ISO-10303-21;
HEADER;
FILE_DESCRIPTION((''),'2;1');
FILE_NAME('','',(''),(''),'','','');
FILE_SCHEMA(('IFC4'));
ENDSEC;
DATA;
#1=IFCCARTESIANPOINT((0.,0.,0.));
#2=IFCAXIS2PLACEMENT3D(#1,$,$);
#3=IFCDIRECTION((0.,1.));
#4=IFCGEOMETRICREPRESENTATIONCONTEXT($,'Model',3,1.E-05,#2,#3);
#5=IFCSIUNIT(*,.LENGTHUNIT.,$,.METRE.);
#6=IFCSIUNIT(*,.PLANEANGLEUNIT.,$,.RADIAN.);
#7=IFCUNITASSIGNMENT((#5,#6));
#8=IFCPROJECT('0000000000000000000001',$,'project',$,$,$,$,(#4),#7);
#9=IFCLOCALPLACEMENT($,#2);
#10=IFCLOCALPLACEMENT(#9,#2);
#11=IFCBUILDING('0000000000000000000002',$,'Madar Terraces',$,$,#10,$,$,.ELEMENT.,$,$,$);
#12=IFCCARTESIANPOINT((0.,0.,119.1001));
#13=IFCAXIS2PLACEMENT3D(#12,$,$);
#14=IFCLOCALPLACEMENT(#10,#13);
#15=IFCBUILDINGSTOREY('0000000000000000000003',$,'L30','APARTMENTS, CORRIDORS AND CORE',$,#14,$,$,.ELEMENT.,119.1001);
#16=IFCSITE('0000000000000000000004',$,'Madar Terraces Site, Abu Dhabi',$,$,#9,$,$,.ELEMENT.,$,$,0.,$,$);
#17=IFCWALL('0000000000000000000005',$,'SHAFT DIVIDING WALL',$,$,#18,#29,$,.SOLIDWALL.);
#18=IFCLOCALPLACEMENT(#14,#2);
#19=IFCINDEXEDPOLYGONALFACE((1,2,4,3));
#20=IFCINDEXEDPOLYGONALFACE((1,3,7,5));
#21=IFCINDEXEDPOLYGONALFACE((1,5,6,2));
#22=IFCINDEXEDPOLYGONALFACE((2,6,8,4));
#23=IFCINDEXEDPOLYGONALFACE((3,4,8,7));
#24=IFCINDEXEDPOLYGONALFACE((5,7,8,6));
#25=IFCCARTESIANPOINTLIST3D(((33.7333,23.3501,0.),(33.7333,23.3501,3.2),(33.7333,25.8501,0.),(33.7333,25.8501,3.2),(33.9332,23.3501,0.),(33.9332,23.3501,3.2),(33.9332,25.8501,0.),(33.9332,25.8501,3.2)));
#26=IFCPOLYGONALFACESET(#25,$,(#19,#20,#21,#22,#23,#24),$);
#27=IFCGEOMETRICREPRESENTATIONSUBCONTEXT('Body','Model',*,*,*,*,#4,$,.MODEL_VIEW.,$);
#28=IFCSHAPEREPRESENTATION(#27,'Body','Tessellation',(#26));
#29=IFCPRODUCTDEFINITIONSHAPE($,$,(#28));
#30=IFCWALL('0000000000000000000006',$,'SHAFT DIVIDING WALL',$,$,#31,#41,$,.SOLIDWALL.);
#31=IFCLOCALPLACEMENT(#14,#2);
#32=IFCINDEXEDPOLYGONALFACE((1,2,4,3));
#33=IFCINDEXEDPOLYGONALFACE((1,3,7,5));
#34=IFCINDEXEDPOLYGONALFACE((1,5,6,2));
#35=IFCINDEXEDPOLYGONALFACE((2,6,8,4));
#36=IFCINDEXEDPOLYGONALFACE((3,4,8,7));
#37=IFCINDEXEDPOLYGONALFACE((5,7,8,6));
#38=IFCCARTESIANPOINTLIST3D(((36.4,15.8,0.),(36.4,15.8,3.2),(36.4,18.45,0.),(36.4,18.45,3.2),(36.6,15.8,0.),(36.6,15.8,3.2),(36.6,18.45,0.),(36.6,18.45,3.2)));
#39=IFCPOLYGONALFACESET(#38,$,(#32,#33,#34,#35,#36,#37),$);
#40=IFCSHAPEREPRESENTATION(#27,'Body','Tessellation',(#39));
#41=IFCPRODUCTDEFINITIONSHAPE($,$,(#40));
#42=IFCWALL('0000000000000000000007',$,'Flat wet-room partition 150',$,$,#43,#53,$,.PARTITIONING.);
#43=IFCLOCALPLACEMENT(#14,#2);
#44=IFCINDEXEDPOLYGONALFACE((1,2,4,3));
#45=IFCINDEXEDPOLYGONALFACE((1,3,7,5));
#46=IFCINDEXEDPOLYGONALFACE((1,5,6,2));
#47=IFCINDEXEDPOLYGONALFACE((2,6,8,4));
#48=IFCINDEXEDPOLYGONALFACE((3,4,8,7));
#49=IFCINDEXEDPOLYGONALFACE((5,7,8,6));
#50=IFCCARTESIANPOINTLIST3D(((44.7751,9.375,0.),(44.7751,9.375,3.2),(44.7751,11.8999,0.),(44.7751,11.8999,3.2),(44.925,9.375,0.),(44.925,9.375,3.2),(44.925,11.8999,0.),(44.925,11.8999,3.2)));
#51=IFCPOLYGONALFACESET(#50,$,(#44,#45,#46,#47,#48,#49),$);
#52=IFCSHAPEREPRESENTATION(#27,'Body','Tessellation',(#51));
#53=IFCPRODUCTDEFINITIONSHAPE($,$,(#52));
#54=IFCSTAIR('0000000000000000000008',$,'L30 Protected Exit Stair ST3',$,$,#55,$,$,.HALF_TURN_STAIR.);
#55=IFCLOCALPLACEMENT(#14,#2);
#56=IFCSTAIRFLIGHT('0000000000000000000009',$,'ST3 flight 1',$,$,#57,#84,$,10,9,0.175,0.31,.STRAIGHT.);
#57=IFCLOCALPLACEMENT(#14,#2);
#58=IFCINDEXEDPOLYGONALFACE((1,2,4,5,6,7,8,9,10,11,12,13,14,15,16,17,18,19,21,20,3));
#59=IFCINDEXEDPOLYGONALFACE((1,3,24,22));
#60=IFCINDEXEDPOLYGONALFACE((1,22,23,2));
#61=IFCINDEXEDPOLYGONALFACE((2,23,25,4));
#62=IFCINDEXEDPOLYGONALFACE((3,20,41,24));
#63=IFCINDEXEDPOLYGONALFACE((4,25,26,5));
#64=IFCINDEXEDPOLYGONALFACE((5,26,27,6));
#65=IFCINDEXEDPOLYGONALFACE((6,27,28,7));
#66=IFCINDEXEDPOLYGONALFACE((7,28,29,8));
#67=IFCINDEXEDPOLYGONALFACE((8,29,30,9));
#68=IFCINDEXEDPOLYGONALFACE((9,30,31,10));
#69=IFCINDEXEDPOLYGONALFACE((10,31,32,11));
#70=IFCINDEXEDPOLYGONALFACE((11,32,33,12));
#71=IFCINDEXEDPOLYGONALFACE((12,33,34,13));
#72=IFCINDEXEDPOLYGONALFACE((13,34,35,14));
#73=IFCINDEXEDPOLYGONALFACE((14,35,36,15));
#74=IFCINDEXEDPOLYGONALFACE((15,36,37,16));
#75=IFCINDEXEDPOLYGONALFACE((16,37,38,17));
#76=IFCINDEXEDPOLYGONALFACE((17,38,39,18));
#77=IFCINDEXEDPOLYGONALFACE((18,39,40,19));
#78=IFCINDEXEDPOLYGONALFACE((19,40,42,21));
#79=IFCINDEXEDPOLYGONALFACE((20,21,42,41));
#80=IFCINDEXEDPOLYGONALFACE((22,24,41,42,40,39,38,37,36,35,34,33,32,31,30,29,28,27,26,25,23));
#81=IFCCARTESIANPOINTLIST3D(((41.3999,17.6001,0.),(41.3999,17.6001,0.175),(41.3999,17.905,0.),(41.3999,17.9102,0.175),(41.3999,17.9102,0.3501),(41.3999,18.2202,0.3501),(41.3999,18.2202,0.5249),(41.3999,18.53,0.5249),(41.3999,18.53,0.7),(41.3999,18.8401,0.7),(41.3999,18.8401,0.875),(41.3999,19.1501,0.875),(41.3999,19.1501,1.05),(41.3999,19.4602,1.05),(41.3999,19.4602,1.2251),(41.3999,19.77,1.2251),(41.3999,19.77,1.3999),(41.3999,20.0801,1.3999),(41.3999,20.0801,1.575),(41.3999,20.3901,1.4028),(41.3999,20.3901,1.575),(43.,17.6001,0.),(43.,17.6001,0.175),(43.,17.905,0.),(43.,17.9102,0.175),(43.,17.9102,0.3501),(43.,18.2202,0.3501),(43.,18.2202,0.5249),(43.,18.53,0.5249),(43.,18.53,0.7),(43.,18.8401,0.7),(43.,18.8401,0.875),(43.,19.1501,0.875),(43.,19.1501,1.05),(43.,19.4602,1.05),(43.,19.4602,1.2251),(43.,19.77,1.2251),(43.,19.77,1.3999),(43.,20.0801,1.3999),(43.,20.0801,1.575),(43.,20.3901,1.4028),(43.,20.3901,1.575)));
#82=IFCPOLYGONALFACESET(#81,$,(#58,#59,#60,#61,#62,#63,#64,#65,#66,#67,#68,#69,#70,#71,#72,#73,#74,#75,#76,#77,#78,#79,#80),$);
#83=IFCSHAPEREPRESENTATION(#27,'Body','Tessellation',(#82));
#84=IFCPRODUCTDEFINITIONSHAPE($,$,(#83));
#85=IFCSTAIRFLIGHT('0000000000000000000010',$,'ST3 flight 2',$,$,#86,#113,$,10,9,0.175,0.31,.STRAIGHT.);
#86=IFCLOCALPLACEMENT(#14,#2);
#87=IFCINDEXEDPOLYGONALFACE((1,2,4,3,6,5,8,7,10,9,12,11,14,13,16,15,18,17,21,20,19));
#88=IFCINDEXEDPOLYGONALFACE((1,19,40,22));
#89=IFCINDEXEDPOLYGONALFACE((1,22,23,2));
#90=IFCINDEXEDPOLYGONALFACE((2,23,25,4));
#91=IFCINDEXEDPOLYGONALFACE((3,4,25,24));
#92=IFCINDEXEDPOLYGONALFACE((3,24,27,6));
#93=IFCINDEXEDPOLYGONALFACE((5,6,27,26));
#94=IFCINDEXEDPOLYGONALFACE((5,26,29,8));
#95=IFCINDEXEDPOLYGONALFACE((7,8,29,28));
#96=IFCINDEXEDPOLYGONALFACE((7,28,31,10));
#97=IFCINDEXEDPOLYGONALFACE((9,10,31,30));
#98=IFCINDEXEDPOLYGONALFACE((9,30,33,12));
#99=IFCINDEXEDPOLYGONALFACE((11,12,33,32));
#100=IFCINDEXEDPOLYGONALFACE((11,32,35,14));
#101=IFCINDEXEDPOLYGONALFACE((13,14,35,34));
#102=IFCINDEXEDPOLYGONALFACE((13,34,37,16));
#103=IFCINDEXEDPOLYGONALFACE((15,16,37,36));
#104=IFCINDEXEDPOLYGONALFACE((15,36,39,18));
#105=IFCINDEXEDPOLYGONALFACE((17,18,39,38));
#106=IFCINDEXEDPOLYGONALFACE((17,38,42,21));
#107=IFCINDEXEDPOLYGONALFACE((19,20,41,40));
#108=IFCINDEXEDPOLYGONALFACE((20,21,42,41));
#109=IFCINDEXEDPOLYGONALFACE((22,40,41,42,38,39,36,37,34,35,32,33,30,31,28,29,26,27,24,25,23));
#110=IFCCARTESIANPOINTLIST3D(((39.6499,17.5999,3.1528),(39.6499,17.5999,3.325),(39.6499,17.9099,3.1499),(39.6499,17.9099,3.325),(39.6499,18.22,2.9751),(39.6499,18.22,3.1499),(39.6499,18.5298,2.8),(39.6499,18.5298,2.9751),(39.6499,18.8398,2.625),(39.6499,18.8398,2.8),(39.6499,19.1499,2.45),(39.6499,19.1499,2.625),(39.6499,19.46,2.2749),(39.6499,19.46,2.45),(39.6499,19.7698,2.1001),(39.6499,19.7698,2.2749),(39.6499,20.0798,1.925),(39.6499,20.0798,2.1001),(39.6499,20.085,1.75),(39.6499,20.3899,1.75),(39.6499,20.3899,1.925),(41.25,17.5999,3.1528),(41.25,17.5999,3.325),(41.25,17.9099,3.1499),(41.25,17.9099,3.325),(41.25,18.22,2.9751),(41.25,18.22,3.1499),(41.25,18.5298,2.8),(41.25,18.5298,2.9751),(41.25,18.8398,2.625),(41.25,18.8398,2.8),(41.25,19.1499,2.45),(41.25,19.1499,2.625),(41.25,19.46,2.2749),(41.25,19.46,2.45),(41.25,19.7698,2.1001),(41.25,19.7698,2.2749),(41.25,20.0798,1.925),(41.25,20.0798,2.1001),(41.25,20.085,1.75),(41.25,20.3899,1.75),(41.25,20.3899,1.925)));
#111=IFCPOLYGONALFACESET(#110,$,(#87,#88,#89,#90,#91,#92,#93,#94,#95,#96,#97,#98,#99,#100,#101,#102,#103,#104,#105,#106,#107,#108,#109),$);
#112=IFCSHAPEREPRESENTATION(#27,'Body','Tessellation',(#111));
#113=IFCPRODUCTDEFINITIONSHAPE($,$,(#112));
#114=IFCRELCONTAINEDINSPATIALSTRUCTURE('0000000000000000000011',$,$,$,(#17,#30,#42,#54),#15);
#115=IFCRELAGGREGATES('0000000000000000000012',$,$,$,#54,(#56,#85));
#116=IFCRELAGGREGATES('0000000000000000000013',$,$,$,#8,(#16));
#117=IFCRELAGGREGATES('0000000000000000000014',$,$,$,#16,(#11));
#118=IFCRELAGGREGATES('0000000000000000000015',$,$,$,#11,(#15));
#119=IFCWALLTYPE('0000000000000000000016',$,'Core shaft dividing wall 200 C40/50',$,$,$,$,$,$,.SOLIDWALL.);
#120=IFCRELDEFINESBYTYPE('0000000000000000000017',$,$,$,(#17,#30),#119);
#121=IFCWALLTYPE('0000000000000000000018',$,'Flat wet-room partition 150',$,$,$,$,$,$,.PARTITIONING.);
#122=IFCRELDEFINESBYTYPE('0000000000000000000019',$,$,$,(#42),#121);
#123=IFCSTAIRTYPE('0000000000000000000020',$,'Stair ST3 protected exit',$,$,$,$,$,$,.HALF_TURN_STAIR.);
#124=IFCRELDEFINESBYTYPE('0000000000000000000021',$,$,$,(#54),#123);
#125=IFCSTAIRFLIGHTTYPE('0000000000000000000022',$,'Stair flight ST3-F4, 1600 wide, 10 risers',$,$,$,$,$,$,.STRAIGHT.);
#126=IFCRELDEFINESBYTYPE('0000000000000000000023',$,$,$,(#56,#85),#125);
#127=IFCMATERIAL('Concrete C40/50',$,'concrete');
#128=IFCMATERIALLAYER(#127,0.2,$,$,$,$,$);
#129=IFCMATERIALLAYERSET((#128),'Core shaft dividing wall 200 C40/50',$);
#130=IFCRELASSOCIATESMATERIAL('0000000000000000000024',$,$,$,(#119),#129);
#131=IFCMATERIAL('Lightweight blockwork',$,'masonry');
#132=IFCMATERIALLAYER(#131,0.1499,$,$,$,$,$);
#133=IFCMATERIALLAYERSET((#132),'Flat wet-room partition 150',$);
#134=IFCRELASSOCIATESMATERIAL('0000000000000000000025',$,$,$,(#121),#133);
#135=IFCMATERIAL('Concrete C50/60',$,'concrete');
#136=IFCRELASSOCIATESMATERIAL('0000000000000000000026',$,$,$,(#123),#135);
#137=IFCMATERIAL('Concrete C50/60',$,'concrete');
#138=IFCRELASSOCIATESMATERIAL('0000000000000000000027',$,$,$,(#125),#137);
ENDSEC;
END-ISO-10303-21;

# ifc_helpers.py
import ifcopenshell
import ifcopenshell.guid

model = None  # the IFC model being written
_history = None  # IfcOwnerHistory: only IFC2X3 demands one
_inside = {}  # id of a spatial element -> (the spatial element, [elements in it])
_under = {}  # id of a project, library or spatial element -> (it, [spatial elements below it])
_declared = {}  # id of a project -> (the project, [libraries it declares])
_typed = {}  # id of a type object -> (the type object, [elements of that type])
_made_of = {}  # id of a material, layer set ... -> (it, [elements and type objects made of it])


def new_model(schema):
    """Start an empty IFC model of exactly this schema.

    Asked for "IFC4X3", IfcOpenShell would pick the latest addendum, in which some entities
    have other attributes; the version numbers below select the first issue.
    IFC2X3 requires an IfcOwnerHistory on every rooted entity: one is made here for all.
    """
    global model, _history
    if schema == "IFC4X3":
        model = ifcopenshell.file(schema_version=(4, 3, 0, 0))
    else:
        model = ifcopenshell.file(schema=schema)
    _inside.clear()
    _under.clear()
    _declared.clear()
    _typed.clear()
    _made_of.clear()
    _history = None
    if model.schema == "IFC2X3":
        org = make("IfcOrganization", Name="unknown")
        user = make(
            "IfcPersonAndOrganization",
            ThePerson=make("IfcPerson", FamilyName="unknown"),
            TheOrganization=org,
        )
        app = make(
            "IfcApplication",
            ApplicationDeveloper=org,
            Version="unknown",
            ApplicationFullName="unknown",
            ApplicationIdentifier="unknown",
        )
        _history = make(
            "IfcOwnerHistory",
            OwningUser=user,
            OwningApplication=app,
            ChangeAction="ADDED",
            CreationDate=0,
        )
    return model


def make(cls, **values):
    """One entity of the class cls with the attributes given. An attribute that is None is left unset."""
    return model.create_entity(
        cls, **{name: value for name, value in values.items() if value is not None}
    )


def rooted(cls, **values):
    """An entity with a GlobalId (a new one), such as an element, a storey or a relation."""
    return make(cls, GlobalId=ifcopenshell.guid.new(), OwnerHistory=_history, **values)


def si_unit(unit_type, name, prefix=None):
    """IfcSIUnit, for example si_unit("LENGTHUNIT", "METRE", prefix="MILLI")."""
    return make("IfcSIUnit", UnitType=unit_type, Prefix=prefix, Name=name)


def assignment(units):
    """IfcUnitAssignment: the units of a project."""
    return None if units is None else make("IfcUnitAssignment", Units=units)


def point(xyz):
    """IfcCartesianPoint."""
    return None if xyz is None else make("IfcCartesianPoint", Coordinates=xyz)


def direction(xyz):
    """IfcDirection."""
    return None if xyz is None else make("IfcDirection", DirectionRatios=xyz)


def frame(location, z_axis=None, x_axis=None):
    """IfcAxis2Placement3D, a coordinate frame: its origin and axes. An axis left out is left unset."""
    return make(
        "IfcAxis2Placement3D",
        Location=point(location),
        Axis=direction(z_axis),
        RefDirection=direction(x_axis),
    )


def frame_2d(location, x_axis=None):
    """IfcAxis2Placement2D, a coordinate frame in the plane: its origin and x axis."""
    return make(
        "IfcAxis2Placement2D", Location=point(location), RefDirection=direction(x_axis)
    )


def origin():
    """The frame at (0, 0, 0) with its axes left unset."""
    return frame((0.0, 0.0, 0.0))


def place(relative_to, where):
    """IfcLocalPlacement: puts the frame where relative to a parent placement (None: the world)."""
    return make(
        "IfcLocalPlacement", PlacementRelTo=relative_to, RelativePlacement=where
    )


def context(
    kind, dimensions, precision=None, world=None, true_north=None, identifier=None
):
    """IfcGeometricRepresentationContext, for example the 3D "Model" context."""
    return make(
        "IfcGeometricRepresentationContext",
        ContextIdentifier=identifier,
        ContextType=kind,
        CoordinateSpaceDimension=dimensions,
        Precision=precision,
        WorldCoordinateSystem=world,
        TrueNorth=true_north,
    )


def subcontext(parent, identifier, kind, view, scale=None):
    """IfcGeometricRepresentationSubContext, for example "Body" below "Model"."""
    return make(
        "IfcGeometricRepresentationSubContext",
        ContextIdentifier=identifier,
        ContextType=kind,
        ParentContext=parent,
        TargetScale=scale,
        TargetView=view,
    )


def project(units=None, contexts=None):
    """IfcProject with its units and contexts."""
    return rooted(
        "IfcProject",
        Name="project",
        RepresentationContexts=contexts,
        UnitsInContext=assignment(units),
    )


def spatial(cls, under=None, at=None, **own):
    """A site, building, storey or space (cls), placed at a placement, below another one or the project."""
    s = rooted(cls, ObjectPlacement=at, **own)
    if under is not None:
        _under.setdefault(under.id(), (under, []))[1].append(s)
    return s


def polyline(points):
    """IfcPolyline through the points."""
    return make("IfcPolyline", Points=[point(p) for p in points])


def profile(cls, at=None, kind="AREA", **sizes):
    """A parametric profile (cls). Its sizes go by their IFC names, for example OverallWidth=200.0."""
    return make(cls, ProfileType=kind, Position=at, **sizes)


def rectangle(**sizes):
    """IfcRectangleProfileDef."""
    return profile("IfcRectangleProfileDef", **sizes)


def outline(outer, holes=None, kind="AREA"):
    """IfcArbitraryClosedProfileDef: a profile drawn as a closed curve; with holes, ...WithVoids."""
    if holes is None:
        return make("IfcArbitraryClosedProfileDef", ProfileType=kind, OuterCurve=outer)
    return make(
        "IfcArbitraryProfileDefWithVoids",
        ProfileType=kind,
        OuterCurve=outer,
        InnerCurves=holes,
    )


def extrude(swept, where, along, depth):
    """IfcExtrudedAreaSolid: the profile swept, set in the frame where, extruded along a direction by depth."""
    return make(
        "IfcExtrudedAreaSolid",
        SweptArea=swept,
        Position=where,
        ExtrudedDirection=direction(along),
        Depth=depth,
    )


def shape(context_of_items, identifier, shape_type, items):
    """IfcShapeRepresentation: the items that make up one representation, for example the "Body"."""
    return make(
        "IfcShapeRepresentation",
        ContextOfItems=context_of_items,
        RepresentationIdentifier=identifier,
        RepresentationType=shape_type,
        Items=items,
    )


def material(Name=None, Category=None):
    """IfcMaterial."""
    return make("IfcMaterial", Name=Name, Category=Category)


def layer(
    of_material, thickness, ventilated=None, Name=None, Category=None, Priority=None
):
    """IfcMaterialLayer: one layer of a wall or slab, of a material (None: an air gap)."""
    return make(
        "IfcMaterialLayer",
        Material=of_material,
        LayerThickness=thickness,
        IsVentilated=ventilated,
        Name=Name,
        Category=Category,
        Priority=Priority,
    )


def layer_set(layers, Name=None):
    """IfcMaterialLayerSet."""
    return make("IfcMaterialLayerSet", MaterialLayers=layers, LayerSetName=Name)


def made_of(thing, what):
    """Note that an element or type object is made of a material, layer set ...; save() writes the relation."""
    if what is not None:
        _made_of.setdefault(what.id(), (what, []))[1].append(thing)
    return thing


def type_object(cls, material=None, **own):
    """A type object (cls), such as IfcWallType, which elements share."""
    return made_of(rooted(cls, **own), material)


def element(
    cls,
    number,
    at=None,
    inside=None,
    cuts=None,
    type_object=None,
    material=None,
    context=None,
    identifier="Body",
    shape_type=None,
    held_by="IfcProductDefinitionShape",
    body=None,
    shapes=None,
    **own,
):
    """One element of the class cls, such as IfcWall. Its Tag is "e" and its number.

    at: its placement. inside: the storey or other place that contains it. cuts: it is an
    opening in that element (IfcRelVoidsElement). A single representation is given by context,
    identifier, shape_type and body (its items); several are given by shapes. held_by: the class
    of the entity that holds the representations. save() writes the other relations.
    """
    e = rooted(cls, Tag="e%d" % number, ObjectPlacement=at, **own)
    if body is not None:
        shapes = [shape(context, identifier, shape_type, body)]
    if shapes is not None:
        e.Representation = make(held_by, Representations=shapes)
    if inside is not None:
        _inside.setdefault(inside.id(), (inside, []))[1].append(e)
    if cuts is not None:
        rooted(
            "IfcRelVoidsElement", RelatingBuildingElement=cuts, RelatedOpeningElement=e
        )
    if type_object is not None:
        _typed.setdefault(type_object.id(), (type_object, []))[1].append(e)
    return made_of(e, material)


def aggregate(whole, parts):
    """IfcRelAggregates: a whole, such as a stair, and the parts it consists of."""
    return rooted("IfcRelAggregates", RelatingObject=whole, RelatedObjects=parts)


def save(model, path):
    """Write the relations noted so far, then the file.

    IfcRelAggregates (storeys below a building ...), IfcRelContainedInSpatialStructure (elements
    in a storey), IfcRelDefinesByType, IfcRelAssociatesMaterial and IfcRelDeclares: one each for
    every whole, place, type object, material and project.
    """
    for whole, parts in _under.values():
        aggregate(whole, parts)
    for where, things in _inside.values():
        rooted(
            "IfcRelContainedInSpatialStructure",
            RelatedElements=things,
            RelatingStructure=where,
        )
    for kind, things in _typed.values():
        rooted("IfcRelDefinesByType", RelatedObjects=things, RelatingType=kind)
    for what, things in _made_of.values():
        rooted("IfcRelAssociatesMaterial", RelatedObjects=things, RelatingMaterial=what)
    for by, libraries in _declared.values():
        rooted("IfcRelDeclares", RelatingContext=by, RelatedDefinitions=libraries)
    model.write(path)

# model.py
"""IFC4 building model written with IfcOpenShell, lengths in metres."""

from ifc_helpers import new_model, si_unit, direction, frame, frame_2d, origin, place, context, subcontext, project, spatial, polyline, rectangle, outline, extrude, material, layer, layer_set, type_object, element, aggregate, save


model = new_model("IFC4")

# Units and contexts
model_context = context("Model", 3, precision=1e-05, world=origin(), true_north=direction((0.0, 1.0)))
body_context = subcontext(model_context, "Body", "Model", "MODEL_VIEW")
ifc_project = project(units=[si_unit("LENGTHUNIT", "METRE"), si_unit("PLANEANGLEUNIT", "RADIAN")], contexts=[model_context])

# Site, building, storey
site_placement = place(None, origin())
site = spatial("IfcSite", under=ifc_project, at=site_placement, Name="Madar Terraces Site, Abu Dhabi", CompositionType="ELEMENT", RefElevation=0.0)
building_placement = place(site_placement, origin())
building = spatial("IfcBuilding", under=site, at=building_placement, Name="Madar Terraces", CompositionType="ELEMENT")
storey_placement = place(building_placement, frame((0.0, 0.0, 119.1001)))
storey = spatial("IfcBuildingStorey", under=building, at=storey_placement, Name="L30", Description="APARTMENTS, CORRIDORS AND CORE", CompositionType="ELEMENT", Elevation=119.1001)

# Walls
ifc_material_1 = material(Name="Concrete C40/50", Category="concrete")
ifc_layer_1 = layer(ifc_material_1, 0.2)
ifc_layer_set_1 = layer_set([ifc_layer_1], Name="Core shaft dividing wall 200 C40/50")
wall_type_1 = type_object("IfcWallType", Name="Core shaft dividing wall 200 C40/50", PredefinedType="SOLIDWALL", material=ifc_layer_set_1)
for number, where, z_axis, x_axis, name in (
    (1, (33.8333, 23.3501, 0.0), (0.0, 0.0, 1.0), (0.0, 1.0, 0.0), "SHAFT DIVIDING WALL"),
):
    element("IfcWall", number, at=place(storey_placement, frame(where, z_axis=z_axis, x_axis=x_axis)), inside=storey, type_object=wall_type_1, Name=name, PredefinedType="SOLIDWALL", context=body_context, shape_type="SweptSolid", body=[
        extrude(rectangle(XDim=2.5, YDim=0.2, at=frame_2d((1.25, 0.0))), origin(), (0.0, 0.0, 1.0), 3.2),
    ])
wall_1_placement = place(storey_placement, frame((36.5, 15.8, 0.0), z_axis=(0.0, 0.0, 1.0), x_axis=(0.0, 1.0, 0.0)))
element("IfcWall", 2, at=wall_1_placement, inside=storey, type_object=wall_type_1, Name="SHAFT DIVIDING WALL", PredefinedType="SOLIDWALL", context=body_context, shape_type="SweptSolid", body=[
    extrude(rectangle(XDim=2.6499, YDim=0.2, at=frame_2d((1.325, 0.0))), origin(), (0.0, 0.0, 1.0), 3.2),
])
ifc_material_2 = material(Name="Lightweight blockwork", Category="masonry")
ifc_layer_2 = layer(ifc_material_2, 0.1499)
ifc_layer_set_2 = layer_set([ifc_layer_2], Name="Flat wet-room partition 150")
wall_type_2 = type_object("IfcWallType", Name="Flat wet-room partition 150", PredefinedType="PARTITIONING", material=ifc_layer_set_2)
wall_2_placement = place(storey_placement, frame((44.8501, 11.8999, 0.0), z_axis=(0.0, 0.0, 1.0), x_axis=(0.0, -1.0, 0.0)))
element("IfcWall", 3, at=wall_2_placement, inside=storey, type_object=wall_type_2, Name="Flat wet-room partition 150", PredefinedType="PARTITIONING", context=body_context, shape_type="SweptSolid", body=[
    extrude(rectangle(XDim=2.5249, YDim=0.1499, at=frame_2d((1.2625, 0.0))), origin(), (0.0, 0.0, 1.0), 3.2),
])

# Stair, stair flights
ifc_material_3 = material(Name="Concrete C50/60", Category="concrete")
stair_type = type_object("IfcStairType", Name="Stair ST3 protected exit", PredefinedType="HALF_TURN_STAIR", material=ifc_material_3)
stair_placement = place(storey_placement, origin())
stair = element("IfcStair", 4, at=stair_placement, inside=storey, type_object=stair_type, Name="L30 Protected Exit Stair ST3", PredefinedType="HALF_TURN_STAIR")
ifc_material_4 = material(Name="Concrete C50/60", Category="concrete")
stair_flight_type = type_object("IfcStairFlightType", Name="Stair flight ST3-F4, 1600 wide, 10 risers", PredefinedType="STRAIGHT", material=ifc_material_4)
stair_flight_1_placement = place(storey_placement, frame((42.2, 17.6001, 0.0), z_axis=(0.0, 0.0, 1.0), x_axis=(0.0, 1.0, 0.0)))
stair_flight_1 = element("IfcStairFlight", 5, at=stair_flight_1_placement, type_object=stair_flight_type, Name="ST3 flight 1", NumberOfRisers=10, NumberOfTreads=9, PredefinedType="STRAIGHT", RiserHeight=0.175, TreadLength=0.31, context=body_context, shape_type="SweptSolid", body=[
    extrude(outline(polyline([(0.0, 0.0), (0.0, 0.175), (0.3101, 0.175), (0.3101, 0.3501), (0.6201, 0.3501), (0.6201, 0.5249), (0.9299, 0.5249), (0.9299, 0.7), (1.24, 0.7), (1.24, 0.875), (1.55, 0.875), (1.55, 1.05), (1.8601, 1.05), (1.8601, 1.2251), (2.1699, 1.2251), (2.1699, 1.3999), (2.48, 1.3999), (2.48, 1.575), (2.79, 1.575), (2.79, 1.75), (2.79, 1.4028), (0.3049, 0.0), (0.0, 0.0)])), frame((0.0, 0.8, 0.0), z_axis=(0.0, -1.0, 0.0), x_axis=(1.0, 0.0, 0.0)), (0.0, 0.0, 1.0), 1.6001),
])
stair_flight_2_placement = place(storey_placement, frame((40.45, 20.3899, 1.75), z_axis=(0.0, 0.0, 1.0), x_axis=(0.0, -1.0, 0.0)))
stair_flight_2 = element("IfcStairFlight", 6, at=stair_flight_2_placement, type_object=stair_flight_type, Name="ST3 flight 2", NumberOfRisers=10, NumberOfTreads=9, PredefinedType="STRAIGHT", RiserHeight=0.175, TreadLength=0.31, context=body_context, shape_type="SweptSolid", body=[
    extrude(outline(polyline([(0.0, 0.0), (0.0, 0.175), (0.3101, 0.175), (0.3101, 0.3501), (0.6201, 0.3501), (0.6201, 0.5249), (0.9299, 0.5249), (0.9299, 0.7), (1.24, 0.7), (1.24, 0.875), (1.55, 0.875), (1.55, 1.05), (1.8601, 1.05), (1.8601, 1.2251), (2.1699, 1.2251), (2.1699, 1.3999), (2.48, 1.3999), (2.48, 1.575), (2.79, 1.575), (2.79, 1.75), (2.79, 1.4028), (0.3049, 0.0), (0.0, 0.0)])), frame((0.0, 0.8, 0.0), z_axis=(0.0, -1.0, 0.0), x_axis=(1.0, 0.0, 0.0)), (0.0, 0.0, 1.0), 1.6001),
])
aggregate(stair, [stair_flight_1, stair_flight_2])

save(model, "model.ifc")
